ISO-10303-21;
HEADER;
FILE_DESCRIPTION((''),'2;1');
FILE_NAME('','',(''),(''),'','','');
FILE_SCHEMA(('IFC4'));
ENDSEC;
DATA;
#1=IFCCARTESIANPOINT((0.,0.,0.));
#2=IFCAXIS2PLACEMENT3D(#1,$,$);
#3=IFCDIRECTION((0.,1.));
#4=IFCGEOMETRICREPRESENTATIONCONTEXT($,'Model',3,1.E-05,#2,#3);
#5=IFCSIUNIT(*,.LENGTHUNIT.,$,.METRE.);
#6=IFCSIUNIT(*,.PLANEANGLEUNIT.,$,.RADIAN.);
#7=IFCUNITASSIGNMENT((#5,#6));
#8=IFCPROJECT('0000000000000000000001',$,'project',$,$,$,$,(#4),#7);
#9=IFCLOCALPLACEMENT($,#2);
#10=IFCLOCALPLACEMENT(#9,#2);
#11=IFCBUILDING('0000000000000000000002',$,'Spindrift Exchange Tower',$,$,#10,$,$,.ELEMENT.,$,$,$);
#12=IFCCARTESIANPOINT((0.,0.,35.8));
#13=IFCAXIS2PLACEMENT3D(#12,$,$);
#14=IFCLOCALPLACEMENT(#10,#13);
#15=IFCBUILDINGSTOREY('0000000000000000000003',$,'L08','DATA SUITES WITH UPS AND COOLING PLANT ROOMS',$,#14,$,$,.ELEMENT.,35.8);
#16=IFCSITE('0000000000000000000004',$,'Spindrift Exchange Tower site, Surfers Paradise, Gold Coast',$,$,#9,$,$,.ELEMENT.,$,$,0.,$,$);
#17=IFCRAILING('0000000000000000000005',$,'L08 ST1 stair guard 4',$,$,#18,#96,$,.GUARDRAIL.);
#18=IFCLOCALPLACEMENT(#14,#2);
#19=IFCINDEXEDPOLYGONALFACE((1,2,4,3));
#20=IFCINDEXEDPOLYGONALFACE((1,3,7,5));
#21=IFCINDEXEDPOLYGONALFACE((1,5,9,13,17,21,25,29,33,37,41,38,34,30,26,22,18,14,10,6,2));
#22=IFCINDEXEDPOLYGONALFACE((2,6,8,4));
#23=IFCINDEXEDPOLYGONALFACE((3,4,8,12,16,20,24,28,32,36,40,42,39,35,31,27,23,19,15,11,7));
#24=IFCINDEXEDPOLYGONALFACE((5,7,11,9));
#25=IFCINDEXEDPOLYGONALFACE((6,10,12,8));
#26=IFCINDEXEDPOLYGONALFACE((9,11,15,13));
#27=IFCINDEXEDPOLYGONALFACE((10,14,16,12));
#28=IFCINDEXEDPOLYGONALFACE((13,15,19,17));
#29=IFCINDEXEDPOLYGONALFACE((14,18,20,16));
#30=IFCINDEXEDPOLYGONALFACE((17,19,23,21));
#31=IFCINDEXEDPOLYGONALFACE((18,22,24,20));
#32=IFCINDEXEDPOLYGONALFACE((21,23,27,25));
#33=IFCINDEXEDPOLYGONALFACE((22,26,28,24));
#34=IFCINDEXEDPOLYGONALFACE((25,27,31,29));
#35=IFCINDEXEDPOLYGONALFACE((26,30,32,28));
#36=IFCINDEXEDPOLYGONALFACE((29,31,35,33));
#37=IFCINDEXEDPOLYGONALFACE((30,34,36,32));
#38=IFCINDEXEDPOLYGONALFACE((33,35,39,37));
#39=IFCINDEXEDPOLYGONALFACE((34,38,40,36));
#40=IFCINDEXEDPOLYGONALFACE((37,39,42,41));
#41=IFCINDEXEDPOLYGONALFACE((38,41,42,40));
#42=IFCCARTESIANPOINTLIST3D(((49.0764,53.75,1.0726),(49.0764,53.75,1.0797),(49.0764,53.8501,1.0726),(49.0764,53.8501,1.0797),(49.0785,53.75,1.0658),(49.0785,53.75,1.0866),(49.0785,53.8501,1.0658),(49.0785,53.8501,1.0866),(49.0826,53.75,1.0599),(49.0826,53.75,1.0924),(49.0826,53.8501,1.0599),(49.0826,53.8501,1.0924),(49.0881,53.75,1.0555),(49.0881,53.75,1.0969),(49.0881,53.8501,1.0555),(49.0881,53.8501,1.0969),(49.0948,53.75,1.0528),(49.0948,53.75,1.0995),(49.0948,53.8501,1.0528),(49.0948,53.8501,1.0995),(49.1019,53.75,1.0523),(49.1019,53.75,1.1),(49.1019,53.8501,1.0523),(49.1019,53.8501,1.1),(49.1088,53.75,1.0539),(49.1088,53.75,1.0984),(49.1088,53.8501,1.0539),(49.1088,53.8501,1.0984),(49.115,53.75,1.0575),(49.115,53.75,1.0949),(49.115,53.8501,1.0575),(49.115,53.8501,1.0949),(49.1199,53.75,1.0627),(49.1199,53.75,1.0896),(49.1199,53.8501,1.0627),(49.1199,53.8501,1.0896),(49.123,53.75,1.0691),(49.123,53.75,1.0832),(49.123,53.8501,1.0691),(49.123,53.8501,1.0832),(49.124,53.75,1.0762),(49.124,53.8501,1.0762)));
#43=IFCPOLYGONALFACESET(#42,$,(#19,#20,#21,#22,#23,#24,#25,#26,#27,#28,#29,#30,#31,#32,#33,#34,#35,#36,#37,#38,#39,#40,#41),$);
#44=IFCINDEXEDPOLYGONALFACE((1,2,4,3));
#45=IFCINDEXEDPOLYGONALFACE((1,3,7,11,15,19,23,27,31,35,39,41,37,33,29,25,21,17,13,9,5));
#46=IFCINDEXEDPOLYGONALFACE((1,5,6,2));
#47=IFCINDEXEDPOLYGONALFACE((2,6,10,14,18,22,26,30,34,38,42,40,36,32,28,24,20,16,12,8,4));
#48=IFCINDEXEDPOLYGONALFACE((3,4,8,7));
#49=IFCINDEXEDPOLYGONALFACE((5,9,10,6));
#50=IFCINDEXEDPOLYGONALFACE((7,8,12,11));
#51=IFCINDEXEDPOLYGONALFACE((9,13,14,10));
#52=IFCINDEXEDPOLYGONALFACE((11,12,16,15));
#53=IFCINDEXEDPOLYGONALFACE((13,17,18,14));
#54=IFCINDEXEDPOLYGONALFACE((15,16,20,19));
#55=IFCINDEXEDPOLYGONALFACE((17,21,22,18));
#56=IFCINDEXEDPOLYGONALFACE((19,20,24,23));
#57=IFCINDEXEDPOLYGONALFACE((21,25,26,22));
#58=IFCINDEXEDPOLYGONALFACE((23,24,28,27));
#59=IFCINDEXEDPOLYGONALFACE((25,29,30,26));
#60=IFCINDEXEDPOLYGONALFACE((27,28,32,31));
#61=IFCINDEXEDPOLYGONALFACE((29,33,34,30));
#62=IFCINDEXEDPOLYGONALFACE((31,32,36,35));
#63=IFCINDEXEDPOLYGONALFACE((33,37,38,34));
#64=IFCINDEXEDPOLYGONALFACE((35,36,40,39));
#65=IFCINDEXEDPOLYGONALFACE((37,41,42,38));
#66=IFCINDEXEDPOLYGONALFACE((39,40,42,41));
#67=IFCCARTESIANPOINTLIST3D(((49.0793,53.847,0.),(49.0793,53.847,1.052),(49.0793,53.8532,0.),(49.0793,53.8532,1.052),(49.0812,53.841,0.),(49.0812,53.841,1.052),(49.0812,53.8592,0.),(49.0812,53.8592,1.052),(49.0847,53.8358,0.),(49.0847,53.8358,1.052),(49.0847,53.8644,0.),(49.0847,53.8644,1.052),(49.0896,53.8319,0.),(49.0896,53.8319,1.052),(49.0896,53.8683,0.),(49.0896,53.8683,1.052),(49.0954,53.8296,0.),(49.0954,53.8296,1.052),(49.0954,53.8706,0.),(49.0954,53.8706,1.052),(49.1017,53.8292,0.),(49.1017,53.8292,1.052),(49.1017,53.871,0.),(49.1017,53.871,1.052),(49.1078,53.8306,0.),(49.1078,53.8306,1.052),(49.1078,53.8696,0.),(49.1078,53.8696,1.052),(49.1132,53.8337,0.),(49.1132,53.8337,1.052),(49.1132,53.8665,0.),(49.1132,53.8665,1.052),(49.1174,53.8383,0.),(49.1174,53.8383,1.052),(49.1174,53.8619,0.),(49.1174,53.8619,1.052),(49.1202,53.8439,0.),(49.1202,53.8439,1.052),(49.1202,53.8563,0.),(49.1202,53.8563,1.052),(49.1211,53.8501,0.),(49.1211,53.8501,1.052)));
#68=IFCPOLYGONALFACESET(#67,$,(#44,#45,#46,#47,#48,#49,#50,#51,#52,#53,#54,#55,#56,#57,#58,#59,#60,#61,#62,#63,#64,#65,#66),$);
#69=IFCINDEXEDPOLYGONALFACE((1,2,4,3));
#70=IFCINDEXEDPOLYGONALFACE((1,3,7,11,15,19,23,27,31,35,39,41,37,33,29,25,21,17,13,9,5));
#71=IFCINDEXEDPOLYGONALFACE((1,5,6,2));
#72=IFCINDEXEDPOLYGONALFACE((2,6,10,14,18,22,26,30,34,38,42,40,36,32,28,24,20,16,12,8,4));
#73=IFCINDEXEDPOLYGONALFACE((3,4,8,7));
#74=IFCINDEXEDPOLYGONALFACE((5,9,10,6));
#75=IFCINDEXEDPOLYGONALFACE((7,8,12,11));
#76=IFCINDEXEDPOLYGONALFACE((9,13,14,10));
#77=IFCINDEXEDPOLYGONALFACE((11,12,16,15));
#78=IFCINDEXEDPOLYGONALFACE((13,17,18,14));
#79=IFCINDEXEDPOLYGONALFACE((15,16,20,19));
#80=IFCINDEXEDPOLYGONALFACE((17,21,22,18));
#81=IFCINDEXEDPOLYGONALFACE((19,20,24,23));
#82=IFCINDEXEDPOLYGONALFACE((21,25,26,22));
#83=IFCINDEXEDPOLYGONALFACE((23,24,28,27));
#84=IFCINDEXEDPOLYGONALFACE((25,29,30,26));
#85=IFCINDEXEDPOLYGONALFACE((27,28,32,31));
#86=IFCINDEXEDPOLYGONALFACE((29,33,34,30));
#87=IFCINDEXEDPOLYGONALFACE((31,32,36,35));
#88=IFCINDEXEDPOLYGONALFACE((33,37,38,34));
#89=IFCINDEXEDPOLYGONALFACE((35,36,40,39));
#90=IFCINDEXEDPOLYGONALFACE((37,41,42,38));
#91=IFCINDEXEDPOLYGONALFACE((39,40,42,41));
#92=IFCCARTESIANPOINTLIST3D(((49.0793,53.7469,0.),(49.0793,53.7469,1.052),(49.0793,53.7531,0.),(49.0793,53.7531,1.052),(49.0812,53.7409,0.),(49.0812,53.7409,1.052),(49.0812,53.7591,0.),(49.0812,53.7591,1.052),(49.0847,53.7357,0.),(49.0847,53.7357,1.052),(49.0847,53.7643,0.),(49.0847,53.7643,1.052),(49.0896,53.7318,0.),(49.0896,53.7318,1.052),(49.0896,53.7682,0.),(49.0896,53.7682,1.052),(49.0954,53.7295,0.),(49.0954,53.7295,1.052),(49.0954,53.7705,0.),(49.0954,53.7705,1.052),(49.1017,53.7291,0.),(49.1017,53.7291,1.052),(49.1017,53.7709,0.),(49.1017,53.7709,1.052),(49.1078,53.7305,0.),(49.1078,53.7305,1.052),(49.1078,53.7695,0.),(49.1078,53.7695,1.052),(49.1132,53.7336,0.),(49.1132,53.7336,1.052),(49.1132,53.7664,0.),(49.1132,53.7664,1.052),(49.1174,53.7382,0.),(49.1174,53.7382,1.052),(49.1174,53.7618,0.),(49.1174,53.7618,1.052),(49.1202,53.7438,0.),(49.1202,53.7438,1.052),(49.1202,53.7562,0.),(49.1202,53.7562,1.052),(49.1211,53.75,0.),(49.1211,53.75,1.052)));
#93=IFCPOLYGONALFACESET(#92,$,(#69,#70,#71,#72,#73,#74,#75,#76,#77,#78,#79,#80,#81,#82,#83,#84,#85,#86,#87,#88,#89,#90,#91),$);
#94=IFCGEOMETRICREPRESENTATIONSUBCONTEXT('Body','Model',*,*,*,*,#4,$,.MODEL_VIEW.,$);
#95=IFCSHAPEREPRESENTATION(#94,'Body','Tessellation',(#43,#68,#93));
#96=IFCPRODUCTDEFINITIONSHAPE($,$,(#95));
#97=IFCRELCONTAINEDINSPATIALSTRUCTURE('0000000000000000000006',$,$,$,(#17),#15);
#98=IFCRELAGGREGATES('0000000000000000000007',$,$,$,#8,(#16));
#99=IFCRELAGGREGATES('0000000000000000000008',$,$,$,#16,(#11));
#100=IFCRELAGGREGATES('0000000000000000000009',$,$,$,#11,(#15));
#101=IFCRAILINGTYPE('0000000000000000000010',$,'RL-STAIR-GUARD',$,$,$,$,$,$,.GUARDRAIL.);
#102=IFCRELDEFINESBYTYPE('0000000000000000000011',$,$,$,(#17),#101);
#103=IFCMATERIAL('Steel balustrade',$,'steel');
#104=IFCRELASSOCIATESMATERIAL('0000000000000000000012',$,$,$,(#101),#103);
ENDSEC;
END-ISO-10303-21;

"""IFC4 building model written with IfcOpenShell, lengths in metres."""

from ifc_helpers import new_model, si_unit, direction, frame, origin, origin_2d, place, context, subcontext, project, spatial, circle, extrude, material, type_object, element, save


model = new_model("IFC4")

# Units and contexts
model_context = context("Model", 3, precision=1e-05, world=origin(), true_north=direction((0.0, 1.0)))
body_context = subcontext(model_context, "Body", "Model", "MODEL_VIEW")
ifc_project = project(units=[si_unit("LENGTHUNIT", "METRE"), si_unit("PLANEANGLEUNIT", "RADIAN")], contexts=[model_context])

# Site, building, storey
site_placement = place(None, origin())
site = spatial("IfcSite", under=ifc_project, at=site_placement, Name="Spindrift Exchange Tower site, Surfers Paradise, Gold Coast", CompositionType="ELEMENT", RefElevation=0.0)
building_placement = place(site_placement, origin())
building = spatial("IfcBuilding", under=site, at=building_placement, Name="Spindrift Exchange Tower", CompositionType="ELEMENT")
storey_placement = place(building_placement, frame((0.0, 0.0, 35.8)))
storey = spatial("IfcBuildingStorey", under=building, at=storey_placement, Name="L08", Description="DATA SUITES WITH UPS AND COOLING PLANT ROOMS", CompositionType="ELEMENT", Elevation=35.8)

# Railing
ifc_material_1 = material(Name="Steel balustrade", Category="steel")
railing_type_1 = type_object("IfcRailingType", Name="RL-STAIR-GUARD", PredefinedType="GUARDRAIL", material=ifc_material_1)
railing_1_placement = place(storey_placement, frame((49.1001, 53.8501, 0.0)))
element("IfcRailing", 1, at=railing_1_placement, inside=storey, type_object=railing_type_1, Name="L08 ST1 stair guard 4", PredefinedType="GUARDRAIL", context=body_context, shape_type="SweptSolid", body=[
    extrude(circle(Radius=0.0239, at=origin_2d()), frame((0.0, 0.0, 1.0762), z_axis=(0.0, -1.0, 0.0), x_axis=(1.0, 0.0, 0.0)), (0.0, 0.0, 1.0), 0.1001),
    extrude(circle(Radius=0.021, at=origin_2d()), origin(), (0.0, 0.0, 1.0), 1.052),
    extrude(circle(Radius=0.021, at=origin_2d()), frame((0.0, -0.1001, 0.0)), (0.0, 0.0, 1.0), 1.052),
])

save(model, "model.ifc")
